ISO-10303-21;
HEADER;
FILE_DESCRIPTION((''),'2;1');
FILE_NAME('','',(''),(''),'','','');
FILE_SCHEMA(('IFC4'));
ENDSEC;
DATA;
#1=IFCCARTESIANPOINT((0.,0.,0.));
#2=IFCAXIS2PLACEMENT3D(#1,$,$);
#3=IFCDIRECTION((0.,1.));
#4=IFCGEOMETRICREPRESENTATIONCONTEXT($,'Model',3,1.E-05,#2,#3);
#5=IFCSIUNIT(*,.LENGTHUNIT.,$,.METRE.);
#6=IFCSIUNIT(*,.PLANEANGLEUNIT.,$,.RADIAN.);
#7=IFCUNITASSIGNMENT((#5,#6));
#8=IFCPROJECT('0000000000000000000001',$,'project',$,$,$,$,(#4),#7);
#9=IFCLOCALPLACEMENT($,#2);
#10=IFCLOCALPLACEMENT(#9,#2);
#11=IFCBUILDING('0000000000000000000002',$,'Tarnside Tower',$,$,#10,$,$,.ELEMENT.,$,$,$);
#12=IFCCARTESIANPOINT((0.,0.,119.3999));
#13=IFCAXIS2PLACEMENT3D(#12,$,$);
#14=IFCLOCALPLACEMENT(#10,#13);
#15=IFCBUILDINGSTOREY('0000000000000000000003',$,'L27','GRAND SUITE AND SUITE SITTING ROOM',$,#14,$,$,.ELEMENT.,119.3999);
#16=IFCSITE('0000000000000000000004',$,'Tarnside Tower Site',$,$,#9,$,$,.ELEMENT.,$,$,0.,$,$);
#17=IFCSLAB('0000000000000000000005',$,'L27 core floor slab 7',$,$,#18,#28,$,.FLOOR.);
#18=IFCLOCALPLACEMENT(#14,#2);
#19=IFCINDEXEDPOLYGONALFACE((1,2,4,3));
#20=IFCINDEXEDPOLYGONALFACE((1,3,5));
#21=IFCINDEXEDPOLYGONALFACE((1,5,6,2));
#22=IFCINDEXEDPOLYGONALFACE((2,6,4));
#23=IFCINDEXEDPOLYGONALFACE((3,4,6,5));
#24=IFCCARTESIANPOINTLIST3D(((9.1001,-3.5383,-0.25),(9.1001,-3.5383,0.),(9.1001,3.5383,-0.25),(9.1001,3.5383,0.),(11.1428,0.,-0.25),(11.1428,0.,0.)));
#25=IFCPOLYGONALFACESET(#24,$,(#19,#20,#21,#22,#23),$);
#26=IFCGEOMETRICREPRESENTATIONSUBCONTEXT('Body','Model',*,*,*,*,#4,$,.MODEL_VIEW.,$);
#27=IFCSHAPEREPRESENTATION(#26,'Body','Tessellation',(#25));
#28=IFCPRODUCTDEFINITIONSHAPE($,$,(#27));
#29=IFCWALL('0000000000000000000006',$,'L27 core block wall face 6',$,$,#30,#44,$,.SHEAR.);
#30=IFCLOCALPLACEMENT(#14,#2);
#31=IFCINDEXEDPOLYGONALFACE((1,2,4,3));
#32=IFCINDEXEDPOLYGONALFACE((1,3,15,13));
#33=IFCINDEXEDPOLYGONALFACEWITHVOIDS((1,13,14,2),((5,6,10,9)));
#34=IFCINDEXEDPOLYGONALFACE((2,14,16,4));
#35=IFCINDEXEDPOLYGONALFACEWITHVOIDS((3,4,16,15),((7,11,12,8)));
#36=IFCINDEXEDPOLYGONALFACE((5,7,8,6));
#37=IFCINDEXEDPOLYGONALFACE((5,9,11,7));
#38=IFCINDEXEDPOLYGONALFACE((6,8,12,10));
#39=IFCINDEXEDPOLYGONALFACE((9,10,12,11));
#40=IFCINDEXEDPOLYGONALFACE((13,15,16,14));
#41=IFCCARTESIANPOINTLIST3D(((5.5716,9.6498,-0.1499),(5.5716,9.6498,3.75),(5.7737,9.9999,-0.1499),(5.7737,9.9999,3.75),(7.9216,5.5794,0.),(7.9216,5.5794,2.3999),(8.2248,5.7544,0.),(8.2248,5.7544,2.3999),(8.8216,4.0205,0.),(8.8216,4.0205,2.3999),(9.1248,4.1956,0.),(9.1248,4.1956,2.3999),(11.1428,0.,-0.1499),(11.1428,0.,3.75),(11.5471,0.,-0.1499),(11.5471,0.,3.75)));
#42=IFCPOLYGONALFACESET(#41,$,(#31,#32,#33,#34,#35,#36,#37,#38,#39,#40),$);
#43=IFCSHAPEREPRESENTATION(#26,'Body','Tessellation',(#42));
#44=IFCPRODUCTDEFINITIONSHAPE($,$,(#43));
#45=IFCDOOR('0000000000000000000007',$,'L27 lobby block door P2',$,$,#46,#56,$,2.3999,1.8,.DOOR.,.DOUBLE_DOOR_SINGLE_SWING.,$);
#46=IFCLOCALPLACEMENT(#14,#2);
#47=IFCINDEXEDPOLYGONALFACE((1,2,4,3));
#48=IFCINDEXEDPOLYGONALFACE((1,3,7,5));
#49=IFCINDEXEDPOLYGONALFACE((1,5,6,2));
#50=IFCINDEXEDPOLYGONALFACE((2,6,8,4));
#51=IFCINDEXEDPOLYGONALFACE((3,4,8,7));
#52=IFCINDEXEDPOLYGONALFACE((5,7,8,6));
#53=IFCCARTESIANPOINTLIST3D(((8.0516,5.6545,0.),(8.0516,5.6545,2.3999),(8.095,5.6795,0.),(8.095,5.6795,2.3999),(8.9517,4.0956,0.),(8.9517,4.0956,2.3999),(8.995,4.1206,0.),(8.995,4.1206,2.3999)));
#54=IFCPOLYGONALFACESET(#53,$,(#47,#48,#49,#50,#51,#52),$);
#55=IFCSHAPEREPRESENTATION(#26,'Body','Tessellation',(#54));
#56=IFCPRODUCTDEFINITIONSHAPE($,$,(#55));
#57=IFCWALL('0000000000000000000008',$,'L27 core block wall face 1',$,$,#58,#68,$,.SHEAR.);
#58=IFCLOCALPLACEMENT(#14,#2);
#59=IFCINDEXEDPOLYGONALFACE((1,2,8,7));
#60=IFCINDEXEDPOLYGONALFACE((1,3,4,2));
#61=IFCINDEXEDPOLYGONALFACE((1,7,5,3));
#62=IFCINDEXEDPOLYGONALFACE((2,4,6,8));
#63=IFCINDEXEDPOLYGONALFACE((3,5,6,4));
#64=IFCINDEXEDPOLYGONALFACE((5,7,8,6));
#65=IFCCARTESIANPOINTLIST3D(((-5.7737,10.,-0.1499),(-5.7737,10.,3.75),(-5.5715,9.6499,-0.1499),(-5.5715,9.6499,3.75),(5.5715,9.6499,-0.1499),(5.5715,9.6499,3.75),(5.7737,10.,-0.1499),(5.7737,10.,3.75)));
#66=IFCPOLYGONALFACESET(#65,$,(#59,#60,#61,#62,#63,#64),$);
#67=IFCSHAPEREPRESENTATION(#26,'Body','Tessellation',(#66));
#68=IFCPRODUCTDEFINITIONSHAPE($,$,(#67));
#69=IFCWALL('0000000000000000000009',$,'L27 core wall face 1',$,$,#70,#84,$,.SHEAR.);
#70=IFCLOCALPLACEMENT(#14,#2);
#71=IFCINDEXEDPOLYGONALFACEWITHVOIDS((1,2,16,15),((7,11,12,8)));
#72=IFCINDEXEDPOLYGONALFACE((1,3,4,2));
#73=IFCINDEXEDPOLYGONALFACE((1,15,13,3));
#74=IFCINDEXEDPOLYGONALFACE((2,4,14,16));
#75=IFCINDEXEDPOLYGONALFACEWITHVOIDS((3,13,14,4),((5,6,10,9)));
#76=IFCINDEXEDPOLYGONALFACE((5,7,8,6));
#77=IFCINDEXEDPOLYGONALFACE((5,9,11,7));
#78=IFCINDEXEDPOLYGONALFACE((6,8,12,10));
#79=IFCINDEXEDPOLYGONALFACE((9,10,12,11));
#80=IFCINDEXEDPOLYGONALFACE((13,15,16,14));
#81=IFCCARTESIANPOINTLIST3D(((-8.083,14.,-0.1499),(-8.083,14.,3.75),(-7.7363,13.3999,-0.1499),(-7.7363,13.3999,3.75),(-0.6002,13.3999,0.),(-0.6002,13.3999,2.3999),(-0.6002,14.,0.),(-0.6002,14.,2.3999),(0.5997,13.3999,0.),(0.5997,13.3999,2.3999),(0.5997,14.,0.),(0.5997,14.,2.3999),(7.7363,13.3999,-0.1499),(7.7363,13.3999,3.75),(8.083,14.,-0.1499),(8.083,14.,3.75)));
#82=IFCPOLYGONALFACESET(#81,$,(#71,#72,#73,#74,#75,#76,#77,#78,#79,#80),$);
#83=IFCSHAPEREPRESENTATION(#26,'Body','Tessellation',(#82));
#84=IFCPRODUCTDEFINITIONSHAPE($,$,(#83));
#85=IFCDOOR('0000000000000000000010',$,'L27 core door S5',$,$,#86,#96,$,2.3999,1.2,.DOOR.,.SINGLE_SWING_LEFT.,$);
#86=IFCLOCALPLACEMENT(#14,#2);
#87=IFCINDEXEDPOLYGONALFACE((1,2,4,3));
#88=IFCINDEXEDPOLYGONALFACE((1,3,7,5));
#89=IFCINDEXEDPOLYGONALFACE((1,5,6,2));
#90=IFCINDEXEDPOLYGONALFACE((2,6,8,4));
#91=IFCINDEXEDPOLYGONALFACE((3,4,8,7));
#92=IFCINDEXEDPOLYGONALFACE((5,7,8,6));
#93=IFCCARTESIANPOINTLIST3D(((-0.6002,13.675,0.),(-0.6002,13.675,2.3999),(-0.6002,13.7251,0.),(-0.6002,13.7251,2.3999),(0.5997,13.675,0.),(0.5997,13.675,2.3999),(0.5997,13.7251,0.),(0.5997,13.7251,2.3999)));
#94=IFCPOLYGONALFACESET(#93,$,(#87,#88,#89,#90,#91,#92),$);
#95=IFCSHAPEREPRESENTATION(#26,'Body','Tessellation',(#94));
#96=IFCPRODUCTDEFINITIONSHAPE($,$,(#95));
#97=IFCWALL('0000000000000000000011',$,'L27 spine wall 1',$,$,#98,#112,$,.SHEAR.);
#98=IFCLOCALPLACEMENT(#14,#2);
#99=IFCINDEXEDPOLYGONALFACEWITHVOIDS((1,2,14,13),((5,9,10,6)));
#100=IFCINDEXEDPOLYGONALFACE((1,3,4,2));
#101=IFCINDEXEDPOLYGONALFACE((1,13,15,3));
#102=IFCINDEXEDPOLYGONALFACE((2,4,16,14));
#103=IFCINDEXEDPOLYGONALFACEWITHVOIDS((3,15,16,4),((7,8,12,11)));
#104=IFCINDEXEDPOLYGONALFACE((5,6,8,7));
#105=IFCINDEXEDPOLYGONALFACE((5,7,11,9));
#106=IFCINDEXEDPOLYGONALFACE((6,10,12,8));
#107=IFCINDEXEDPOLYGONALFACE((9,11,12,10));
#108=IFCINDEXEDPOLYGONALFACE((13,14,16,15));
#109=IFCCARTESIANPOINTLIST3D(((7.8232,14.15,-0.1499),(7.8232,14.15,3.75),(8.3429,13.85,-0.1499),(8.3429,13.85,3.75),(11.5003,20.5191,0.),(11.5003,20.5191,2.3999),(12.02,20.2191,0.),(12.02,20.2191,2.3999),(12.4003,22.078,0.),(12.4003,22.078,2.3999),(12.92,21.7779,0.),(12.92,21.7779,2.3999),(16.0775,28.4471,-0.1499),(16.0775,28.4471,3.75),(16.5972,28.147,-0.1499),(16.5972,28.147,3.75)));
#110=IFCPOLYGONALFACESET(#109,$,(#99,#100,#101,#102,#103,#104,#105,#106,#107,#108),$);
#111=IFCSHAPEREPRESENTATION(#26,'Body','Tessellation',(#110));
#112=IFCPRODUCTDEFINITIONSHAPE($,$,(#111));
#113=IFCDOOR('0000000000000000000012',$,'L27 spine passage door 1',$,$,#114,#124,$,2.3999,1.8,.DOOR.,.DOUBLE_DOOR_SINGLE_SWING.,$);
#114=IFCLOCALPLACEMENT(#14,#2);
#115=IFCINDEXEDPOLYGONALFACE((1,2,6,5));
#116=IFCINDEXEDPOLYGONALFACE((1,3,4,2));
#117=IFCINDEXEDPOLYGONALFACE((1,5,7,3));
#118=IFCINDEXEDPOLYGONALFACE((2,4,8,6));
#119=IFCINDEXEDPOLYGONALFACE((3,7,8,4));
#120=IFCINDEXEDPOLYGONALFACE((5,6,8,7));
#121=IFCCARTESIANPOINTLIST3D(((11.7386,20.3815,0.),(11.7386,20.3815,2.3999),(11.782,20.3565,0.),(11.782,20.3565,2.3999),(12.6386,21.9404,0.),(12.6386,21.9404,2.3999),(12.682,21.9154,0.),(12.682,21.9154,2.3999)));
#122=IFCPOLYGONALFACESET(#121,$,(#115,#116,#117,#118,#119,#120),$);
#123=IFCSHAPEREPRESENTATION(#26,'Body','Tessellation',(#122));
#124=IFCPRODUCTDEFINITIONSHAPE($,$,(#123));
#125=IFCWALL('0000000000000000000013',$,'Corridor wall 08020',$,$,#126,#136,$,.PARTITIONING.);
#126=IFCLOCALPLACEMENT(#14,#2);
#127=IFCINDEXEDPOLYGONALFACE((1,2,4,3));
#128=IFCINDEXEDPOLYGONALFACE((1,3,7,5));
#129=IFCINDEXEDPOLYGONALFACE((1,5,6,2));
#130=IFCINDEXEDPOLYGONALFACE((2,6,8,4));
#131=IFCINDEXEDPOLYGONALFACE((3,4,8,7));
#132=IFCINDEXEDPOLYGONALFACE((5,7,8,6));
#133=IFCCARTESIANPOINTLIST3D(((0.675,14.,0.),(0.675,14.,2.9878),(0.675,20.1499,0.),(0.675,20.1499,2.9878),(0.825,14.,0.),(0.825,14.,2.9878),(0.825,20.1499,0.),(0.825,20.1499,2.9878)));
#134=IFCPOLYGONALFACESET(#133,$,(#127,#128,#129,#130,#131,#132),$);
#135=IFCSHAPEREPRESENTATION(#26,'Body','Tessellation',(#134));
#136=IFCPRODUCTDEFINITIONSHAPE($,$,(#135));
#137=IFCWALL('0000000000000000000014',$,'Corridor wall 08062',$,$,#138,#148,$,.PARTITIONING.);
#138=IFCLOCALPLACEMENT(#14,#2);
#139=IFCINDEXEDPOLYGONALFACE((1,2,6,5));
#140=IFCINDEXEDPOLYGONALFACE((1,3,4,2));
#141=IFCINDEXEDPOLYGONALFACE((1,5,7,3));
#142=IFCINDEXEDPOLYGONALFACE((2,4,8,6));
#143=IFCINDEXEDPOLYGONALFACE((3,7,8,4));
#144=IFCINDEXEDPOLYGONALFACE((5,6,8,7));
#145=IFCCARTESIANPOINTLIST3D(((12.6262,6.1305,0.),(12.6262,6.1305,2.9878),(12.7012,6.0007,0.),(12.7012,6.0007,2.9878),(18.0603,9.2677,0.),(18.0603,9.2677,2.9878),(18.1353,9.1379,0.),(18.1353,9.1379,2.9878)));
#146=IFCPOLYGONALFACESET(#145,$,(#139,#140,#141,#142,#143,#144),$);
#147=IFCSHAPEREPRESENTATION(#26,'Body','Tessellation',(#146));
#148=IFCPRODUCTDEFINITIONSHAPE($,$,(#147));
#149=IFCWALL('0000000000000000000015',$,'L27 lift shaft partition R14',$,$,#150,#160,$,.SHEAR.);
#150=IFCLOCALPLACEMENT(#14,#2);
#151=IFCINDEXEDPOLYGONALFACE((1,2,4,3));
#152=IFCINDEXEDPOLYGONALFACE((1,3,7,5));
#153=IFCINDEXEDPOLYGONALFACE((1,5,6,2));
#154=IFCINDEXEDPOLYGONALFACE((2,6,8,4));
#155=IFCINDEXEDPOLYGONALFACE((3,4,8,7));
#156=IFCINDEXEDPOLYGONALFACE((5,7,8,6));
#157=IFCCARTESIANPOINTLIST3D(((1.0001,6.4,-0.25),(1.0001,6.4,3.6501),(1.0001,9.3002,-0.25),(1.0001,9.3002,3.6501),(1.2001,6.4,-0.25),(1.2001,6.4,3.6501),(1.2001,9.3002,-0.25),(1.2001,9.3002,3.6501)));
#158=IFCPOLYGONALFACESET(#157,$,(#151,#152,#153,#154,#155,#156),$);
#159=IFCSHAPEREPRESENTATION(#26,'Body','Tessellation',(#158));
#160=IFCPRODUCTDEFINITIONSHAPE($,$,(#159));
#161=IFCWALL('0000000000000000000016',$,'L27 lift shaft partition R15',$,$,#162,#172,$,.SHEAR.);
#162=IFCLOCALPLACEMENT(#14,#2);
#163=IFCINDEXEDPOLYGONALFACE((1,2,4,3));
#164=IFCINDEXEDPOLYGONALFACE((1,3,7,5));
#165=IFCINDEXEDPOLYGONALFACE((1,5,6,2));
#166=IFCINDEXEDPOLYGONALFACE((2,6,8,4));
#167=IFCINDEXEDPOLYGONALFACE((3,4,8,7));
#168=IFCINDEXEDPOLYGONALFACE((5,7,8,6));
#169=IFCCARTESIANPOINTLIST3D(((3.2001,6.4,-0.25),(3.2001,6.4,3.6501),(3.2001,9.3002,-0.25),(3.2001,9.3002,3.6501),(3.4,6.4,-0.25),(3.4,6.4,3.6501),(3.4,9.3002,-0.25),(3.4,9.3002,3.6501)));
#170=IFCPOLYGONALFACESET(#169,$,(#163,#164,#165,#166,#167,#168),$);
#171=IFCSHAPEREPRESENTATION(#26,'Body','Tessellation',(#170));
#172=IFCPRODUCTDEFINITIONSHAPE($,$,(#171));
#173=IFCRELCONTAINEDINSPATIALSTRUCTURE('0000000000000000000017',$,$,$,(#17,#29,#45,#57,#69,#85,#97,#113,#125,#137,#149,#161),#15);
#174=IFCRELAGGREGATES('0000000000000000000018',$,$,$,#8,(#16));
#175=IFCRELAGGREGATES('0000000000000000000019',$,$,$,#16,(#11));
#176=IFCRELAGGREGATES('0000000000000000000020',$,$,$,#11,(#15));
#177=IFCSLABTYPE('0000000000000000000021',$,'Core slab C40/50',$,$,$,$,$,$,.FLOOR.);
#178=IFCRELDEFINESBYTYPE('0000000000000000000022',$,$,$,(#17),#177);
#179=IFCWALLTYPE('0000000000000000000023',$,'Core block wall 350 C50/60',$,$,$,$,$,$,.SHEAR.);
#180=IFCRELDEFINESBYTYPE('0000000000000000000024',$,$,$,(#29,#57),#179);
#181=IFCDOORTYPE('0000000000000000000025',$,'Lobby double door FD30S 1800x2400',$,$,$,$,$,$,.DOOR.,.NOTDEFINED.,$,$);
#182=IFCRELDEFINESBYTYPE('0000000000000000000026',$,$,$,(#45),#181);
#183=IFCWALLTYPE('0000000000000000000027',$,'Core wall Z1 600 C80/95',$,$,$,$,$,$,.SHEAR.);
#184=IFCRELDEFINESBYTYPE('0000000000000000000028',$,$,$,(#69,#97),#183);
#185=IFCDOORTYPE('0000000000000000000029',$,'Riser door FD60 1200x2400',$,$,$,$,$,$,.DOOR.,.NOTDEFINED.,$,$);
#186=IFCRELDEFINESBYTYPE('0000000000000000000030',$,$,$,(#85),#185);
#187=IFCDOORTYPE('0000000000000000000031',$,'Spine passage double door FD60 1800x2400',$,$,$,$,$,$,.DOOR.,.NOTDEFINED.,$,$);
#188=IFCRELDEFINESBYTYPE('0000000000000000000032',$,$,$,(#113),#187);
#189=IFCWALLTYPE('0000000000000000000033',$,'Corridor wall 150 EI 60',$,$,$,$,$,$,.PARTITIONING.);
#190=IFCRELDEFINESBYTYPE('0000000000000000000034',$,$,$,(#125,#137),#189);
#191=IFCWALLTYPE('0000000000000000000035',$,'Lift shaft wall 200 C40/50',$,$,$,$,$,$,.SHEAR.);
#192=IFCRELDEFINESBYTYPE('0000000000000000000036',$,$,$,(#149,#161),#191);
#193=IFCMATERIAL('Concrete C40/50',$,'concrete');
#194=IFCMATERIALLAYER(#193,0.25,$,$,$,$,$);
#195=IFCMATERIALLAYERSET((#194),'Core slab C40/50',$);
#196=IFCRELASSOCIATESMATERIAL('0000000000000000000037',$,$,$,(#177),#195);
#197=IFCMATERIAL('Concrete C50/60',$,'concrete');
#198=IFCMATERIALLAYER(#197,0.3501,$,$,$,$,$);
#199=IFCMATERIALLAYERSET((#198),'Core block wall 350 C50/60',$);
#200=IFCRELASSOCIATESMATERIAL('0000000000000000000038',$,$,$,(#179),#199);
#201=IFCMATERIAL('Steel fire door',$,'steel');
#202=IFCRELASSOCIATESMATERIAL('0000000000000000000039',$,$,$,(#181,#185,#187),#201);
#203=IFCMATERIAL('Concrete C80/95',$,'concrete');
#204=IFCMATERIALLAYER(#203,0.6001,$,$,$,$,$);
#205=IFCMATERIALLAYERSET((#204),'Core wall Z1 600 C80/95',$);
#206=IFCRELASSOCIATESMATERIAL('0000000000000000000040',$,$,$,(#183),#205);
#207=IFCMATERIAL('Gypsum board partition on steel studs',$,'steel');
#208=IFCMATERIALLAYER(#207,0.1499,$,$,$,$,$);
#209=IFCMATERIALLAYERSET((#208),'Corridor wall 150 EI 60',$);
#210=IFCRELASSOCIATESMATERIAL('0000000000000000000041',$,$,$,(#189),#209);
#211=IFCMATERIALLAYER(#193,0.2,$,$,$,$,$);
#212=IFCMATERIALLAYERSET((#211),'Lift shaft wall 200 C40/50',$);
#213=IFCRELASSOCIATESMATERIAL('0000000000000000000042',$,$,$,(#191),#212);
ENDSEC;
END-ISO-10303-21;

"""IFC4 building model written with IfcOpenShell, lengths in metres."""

from ifc_helpers import new_model, si_unit, direction, frame, frame_2d, origin, place, context, subcontext, project, spatial, polyline, rectangle, outline, extrude, material, layer, layer_set, type_object, element, fill, save


model = new_model("IFC4")

# Units and contexts
model_context = context("Model", 3, precision=1e-05, world=origin(), true_north=direction((0.0, 1.0)))
body_context = subcontext(model_context, "Body", "Model", "MODEL_VIEW")
ifc_project = project(units=[si_unit("LENGTHUNIT", "METRE"), si_unit("PLANEANGLEUNIT", "RADIAN")], contexts=[model_context])

# Site, building, storey
site_placement = place(None, origin())
site = spatial("IfcSite", under=ifc_project, at=site_placement, Name="Tarnside Tower Site", CompositionType="ELEMENT", RefElevation=0.0)
building_placement = place(site_placement, origin())
building = spatial("IfcBuilding", under=site, at=building_placement, Name="Tarnside Tower", CompositionType="ELEMENT")
storey_placement = place(building_placement, frame((0.0, 0.0, 119.3999)))
storey = spatial("IfcBuildingStorey", under=building, at=storey_placement, Name="L27", Description="GRAND SUITE AND SUITE SITTING ROOM", CompositionType="ELEMENT", Elevation=119.3999)

# Slab
ifc_material_1 = material(Name="Concrete C40/50", Category="concrete")
ifc_layer_1 = layer(ifc_material_1, 0.25)
ifc_layer_set_1 = layer_set([ifc_layer_1], Name="Core slab C40/50")
slab_type = type_object("IfcSlabType", Name="Core slab C40/50", PredefinedType="FLOOR", material=ifc_layer_set_1)
slab_placement = place(storey_placement, frame((0.0, 0.0, -0.25)))
element("IfcSlab", 1, at=slab_placement, inside=storey, type_object=slab_type, Name="L27 core floor slab 7", PredefinedType="FLOOR", context=body_context, shape_type="SweptSolid", body=[
    extrude(outline(polyline([(9.1001, -3.5383), (9.1001, 3.5383), (11.1428, 0.0), (9.1001, -3.5383)])), origin(), (0.0, 0.0, 1.0), 0.25),
])

# Wall, opening, door
ifc_material_2 = material(Name="Concrete C50/60", Category="concrete")
ifc_layer_2 = layer(ifc_material_2, 0.3501)
ifc_layer_set_2 = layer_set([ifc_layer_2], Name="Core block wall 350 C50/60")
wall_type_1 = type_object("IfcWallType", Name="Core block wall 350 C50/60", PredefinedType="SHEAR", material=ifc_layer_set_2)
wall_1_placement = place(storey_placement, frame((11.345, 0.0, -0.1499), z_axis=(0.0, 0.0, 1.0), x_axis=(-0.499995, 0.866028, 0.0)))
wall_1 = element("IfcWall", 2, at=wall_1_placement, inside=storey, type_object=wall_type_1, Name="L27 core block wall face 6", PredefinedType="SHEAR", context=body_context, shape_type="SweptSolid", body=[
    extrude(outline(polyline([(-0.1011, -0.175), (11.4458, -0.175), (11.2437, 0.175), (0.1011, 0.175), (-0.1011, -0.175)])), origin(), (0.0, 0.0, 1.0), 3.8999),
])
opening_1_placement = place(wall_1_placement, frame((4.7437, 0.0, 0.1499)))
opening_1 = element("IfcOpeningElement", 3, at=opening_1_placement, cuts=wall_1, PredefinedType="OPENING", context=body_context, shape_type="SweptSolid", body=[
    extrude(rectangle(XDim=1.8, YDim=2.3999, at=frame_2d((0.8999, 1.2))), frame((0.0, 0.1851, 0.0), z_axis=(0.0, -1.0, 0.0), x_axis=(1.0, 0.0, 0.0)), (0.0, 0.0, 1.0), 0.3701),
])
ifc_material_3 = material(Name="Steel fire door", Category="steel")
door_type_1 = type_object("IfcDoorType", Name="Lobby double door FD30S 1800x2400", OperationType="NOTDEFINED", PredefinedType="DOOR", material=ifc_material_3)
door_1_placement = place(opening_1_placement, origin())
door_1 = element("IfcDoor", 4, at=door_1_placement, inside=storey, type_object=door_type_1, Name="L27 lobby block door P2", OperationType="DOUBLE_DOOR_SINGLE_SWING", OverallHeight=2.3999, OverallWidth=1.8, PredefinedType="DOOR", context=body_context, shape_type="SweptSolid", body=[
    extrude(rectangle(XDim=1.8, YDim=2.3999, at=frame_2d((0.8999, 1.2))), frame((0.0, 0.0249, 0.0), z_axis=(0.0, -1.0, 0.0), x_axis=(1.0, 0.0, 0.0)), (0.0, 0.0, 1.0), 0.05),
])
fill(opening_1, door_1)

# Wall
wall_2_placement = place(storey_placement, frame((5.6726, 9.825, -0.1499), z_axis=(0.0, 0.0, 1.0), x_axis=(-1.0, 0.0, 0.0)))
element("IfcWall", 5, at=wall_2_placement, inside=storey, type_object=wall_type_1, Name="L27 core block wall face 1", PredefinedType="SHEAR", context=body_context, shape_type="SweptSolid", body=[
    extrude(outline(polyline([(-0.1011, -0.175), (11.4463, -0.175), (11.2441, 0.175), (0.1011, 0.175), (-0.1011, -0.175)])), origin(), (0.0, 0.0, 1.0), 3.8999),
])

# Walls, openings, doors
ifc_material_4 = material(Name="Concrete C80/95", Category="concrete")
ifc_layer_3 = layer(ifc_material_4, 0.6001)
ifc_layer_set_3 = layer_set([ifc_layer_3], Name="Core wall Z1 600 C80/95")
wall_type_2 = type_object("IfcWallType", Name="Core wall Z1 600 C80/95", PredefinedType="SHEAR", material=ifc_layer_set_3)
wall_3_placement = place(storey_placement, frame((7.9097, 13.7, -0.1499), z_axis=(0.0, 0.0, 1.0), x_axis=(-1.0, 0.0, 0.0)))
wall_3 = element("IfcWall", 6, at=wall_3_placement, inside=storey, type_object=wall_type_2, Name="L27 core wall face 1", PredefinedType="SHEAR", context=body_context, shape_type="SweptSolid", body=[
    extrude(outline(polyline([(-0.1733, -0.3), (15.9927, -0.3), (15.646, 0.3), (0.1733, 0.3), (-0.1733, -0.3)])), origin(), (0.0, 0.0, 1.0), 3.8999),
])
opening_2_placement = place(wall_3_placement, frame((7.3098, 0.0, 0.1499)))
opening_2 = element("IfcOpeningElement", 7, at=opening_2_placement, cuts=wall_3, PredefinedType="OPENING", context=body_context, shape_type="SweptSolid", body=[
    extrude(rectangle(XDim=1.2, YDim=2.3999, at=frame_2d((0.6001, 1.2))), frame((0.0, 0.3101, 0.0), z_axis=(0.0, -1.0, 0.0), x_axis=(1.0, 0.0, 0.0)), (0.0, 0.0, 1.0), 0.6201),
])
door_type_2 = type_object("IfcDoorType", Name="Riser door FD60 1200x2400", OperationType="NOTDEFINED", PredefinedType="DOOR", material=ifc_material_3)
door_2_placement = place(opening_2_placement, origin())
door_2 = element("IfcDoor", 8, at=door_2_placement, inside=storey, type_object=door_type_2, Name="L27 core door S5", OperationType="SINGLE_SWING_LEFT", OverallHeight=2.3999, OverallWidth=1.2, PredefinedType="DOOR", context=body_context, shape_type="SweptSolid", body=[
    extrude(rectangle(XDim=1.2, YDim=2.3999, at=frame_2d((0.6001, 1.2))), frame((0.0, 0.0249, 0.0), z_axis=(0.0, -1.0, 0.0), x_axis=(1.0, 0.0, 0.0)), (0.0, 0.0, 1.0), 0.05),
])
fill(opening_2, door_2)
wall_4_placement = place(storey_placement, frame((8.083, 14.0, -0.1499), z_axis=(0.0, 0.0, 1.0), x_axis=(0.499998, 0.866027, 0.0)))
wall_4 = element("IfcWall", 9, at=wall_4_placement, inside=storey, type_object=wall_type_2, Name="L27 spine wall 1", PredefinedType="SHEAR", context=body_context, shape_type="SweptSolid", body=[
    extrude(rectangle(XDim=16.5088, YDim=0.6001, at=frame_2d((8.2544, 0.0))), origin(), (0.0, 0.0, 1.0), 3.8999),
])
opening_3_placement = place(wall_4_placement, frame((7.3545, 0.0, 0.1499)))
opening_3 = element("IfcOpeningElement", 10, at=opening_3_placement, cuts=wall_4, PredefinedType="OPENING", context=body_context, shape_type="SweptSolid", body=[
    extrude(rectangle(XDim=1.8, YDim=2.3999, at=frame_2d((0.8999, 1.2))), frame((0.0, 0.3101, 0.0), z_axis=(0.0, -1.0, 0.0), x_axis=(1.0, 0.0, 0.0)), (0.0, 0.0, 1.0), 0.6201),
])
door_type_3 = type_object("IfcDoorType", Name="Spine passage double door FD60 1800x2400", OperationType="NOTDEFINED", PredefinedType="DOOR", material=ifc_material_3)
door_3_placement = place(opening_3_placement, origin())
door_3 = element("IfcDoor", 11, at=door_3_placement, inside=storey, type_object=door_type_3, Name="L27 spine passage door 1", OperationType="DOUBLE_DOOR_SINGLE_SWING", OverallHeight=2.3999, OverallWidth=1.8, PredefinedType="DOOR", context=body_context, shape_type="SweptSolid", body=[
    extrude(rectangle(XDim=1.8, YDim=2.3999, at=frame_2d((0.8999, 1.2))), frame((0.0, 0.0249, 0.0), z_axis=(0.0, -1.0, 0.0), x_axis=(1.0, 0.0, 0.0)), (0.0, 0.0, 1.0), 0.05),
])
fill(opening_3, door_3)

# Walls
ifc_material_5 = material(Name="Gypsum board partition on steel studs", Category="steel")
ifc_layer_4 = layer(ifc_material_5, 0.1499)
ifc_layer_set_4 = layer_set([ifc_layer_4], Name="Corridor wall 150 EI 60")
wall_type_3 = type_object("IfcWallType", Name="Corridor wall 150 EI 60", PredefinedType="PARTITIONING", material=ifc_layer_set_4)
wall_5_placement = place(storey_placement, frame((0.75, 14.0, 0.0), z_axis=(0.0, 0.0, 1.0), x_axis=(0.0, 1.0, 0.0)))
element("IfcWall", 12, at=wall_5_placement, inside=storey, type_object=wall_type_3, Name="Corridor wall 08020", PredefinedType="PARTITIONING", context=body_context, shape_type="SweptSolid", body=[
    extrude(rectangle(XDim=6.1499, YDim=0.1499, at=frame_2d((3.075, 0.0))), origin(), (0.0, 0.0, 1.0), 2.9878),
])
wall_6_placement = place(storey_placement, frame((12.6638, 6.0657, 0.0), z_axis=(0.0, 0.0, 1.0), x_axis=(0.866037, 0.499981, 0.0)))
element("IfcWall", 13, at=wall_6_placement, inside=storey, type_object=wall_type_3, Name="Corridor wall 08062", PredefinedType="PARTITIONING", context=body_context, shape_type="SweptSolid", body=[
    extrude(rectangle(XDim=6.2747, YDim=0.1499, at=frame_2d((3.1372, 0.0))), origin(), (0.0, 0.0, 1.0), 2.9878),
])
ifc_layer_5 = layer(ifc_material_1, 0.2)
ifc_layer_set_5 = layer_set([ifc_layer_5], Name="Lift shaft wall 200 C40/50")
wall_type_4 = type_object("IfcWallType", Name="Lift shaft wall 200 C40/50", PredefinedType="SHEAR", material=ifc_layer_set_5)
for number, where, z_axis, x_axis, name in (
    (14, (1.1001, 6.3999, -0.25), (0.0, 0.0, 1.0), (0.0, 1.0, 0.0), "L27 lift shaft partition R14"),
    (15, (3.3, 6.3999, -0.25), (0.0, 0.0, 1.0), (0.0, 1.0, 0.0), "L27 lift shaft partition R15"),
):
    element("IfcWall", number, at=place(storey_placement, frame(where, z_axis=z_axis, x_axis=x_axis)), inside=storey, type_object=wall_type_4, Name=name, PredefinedType="SHEAR", context=body_context, shape_type="SweptSolid", body=[
        extrude(rectangle(XDim=2.9001, YDim=0.2, at=frame_2d((1.4502, 0.0))), origin(), (0.0, 0.0, 1.0), 3.9001),
    ])

save(model, "model.ifc")
